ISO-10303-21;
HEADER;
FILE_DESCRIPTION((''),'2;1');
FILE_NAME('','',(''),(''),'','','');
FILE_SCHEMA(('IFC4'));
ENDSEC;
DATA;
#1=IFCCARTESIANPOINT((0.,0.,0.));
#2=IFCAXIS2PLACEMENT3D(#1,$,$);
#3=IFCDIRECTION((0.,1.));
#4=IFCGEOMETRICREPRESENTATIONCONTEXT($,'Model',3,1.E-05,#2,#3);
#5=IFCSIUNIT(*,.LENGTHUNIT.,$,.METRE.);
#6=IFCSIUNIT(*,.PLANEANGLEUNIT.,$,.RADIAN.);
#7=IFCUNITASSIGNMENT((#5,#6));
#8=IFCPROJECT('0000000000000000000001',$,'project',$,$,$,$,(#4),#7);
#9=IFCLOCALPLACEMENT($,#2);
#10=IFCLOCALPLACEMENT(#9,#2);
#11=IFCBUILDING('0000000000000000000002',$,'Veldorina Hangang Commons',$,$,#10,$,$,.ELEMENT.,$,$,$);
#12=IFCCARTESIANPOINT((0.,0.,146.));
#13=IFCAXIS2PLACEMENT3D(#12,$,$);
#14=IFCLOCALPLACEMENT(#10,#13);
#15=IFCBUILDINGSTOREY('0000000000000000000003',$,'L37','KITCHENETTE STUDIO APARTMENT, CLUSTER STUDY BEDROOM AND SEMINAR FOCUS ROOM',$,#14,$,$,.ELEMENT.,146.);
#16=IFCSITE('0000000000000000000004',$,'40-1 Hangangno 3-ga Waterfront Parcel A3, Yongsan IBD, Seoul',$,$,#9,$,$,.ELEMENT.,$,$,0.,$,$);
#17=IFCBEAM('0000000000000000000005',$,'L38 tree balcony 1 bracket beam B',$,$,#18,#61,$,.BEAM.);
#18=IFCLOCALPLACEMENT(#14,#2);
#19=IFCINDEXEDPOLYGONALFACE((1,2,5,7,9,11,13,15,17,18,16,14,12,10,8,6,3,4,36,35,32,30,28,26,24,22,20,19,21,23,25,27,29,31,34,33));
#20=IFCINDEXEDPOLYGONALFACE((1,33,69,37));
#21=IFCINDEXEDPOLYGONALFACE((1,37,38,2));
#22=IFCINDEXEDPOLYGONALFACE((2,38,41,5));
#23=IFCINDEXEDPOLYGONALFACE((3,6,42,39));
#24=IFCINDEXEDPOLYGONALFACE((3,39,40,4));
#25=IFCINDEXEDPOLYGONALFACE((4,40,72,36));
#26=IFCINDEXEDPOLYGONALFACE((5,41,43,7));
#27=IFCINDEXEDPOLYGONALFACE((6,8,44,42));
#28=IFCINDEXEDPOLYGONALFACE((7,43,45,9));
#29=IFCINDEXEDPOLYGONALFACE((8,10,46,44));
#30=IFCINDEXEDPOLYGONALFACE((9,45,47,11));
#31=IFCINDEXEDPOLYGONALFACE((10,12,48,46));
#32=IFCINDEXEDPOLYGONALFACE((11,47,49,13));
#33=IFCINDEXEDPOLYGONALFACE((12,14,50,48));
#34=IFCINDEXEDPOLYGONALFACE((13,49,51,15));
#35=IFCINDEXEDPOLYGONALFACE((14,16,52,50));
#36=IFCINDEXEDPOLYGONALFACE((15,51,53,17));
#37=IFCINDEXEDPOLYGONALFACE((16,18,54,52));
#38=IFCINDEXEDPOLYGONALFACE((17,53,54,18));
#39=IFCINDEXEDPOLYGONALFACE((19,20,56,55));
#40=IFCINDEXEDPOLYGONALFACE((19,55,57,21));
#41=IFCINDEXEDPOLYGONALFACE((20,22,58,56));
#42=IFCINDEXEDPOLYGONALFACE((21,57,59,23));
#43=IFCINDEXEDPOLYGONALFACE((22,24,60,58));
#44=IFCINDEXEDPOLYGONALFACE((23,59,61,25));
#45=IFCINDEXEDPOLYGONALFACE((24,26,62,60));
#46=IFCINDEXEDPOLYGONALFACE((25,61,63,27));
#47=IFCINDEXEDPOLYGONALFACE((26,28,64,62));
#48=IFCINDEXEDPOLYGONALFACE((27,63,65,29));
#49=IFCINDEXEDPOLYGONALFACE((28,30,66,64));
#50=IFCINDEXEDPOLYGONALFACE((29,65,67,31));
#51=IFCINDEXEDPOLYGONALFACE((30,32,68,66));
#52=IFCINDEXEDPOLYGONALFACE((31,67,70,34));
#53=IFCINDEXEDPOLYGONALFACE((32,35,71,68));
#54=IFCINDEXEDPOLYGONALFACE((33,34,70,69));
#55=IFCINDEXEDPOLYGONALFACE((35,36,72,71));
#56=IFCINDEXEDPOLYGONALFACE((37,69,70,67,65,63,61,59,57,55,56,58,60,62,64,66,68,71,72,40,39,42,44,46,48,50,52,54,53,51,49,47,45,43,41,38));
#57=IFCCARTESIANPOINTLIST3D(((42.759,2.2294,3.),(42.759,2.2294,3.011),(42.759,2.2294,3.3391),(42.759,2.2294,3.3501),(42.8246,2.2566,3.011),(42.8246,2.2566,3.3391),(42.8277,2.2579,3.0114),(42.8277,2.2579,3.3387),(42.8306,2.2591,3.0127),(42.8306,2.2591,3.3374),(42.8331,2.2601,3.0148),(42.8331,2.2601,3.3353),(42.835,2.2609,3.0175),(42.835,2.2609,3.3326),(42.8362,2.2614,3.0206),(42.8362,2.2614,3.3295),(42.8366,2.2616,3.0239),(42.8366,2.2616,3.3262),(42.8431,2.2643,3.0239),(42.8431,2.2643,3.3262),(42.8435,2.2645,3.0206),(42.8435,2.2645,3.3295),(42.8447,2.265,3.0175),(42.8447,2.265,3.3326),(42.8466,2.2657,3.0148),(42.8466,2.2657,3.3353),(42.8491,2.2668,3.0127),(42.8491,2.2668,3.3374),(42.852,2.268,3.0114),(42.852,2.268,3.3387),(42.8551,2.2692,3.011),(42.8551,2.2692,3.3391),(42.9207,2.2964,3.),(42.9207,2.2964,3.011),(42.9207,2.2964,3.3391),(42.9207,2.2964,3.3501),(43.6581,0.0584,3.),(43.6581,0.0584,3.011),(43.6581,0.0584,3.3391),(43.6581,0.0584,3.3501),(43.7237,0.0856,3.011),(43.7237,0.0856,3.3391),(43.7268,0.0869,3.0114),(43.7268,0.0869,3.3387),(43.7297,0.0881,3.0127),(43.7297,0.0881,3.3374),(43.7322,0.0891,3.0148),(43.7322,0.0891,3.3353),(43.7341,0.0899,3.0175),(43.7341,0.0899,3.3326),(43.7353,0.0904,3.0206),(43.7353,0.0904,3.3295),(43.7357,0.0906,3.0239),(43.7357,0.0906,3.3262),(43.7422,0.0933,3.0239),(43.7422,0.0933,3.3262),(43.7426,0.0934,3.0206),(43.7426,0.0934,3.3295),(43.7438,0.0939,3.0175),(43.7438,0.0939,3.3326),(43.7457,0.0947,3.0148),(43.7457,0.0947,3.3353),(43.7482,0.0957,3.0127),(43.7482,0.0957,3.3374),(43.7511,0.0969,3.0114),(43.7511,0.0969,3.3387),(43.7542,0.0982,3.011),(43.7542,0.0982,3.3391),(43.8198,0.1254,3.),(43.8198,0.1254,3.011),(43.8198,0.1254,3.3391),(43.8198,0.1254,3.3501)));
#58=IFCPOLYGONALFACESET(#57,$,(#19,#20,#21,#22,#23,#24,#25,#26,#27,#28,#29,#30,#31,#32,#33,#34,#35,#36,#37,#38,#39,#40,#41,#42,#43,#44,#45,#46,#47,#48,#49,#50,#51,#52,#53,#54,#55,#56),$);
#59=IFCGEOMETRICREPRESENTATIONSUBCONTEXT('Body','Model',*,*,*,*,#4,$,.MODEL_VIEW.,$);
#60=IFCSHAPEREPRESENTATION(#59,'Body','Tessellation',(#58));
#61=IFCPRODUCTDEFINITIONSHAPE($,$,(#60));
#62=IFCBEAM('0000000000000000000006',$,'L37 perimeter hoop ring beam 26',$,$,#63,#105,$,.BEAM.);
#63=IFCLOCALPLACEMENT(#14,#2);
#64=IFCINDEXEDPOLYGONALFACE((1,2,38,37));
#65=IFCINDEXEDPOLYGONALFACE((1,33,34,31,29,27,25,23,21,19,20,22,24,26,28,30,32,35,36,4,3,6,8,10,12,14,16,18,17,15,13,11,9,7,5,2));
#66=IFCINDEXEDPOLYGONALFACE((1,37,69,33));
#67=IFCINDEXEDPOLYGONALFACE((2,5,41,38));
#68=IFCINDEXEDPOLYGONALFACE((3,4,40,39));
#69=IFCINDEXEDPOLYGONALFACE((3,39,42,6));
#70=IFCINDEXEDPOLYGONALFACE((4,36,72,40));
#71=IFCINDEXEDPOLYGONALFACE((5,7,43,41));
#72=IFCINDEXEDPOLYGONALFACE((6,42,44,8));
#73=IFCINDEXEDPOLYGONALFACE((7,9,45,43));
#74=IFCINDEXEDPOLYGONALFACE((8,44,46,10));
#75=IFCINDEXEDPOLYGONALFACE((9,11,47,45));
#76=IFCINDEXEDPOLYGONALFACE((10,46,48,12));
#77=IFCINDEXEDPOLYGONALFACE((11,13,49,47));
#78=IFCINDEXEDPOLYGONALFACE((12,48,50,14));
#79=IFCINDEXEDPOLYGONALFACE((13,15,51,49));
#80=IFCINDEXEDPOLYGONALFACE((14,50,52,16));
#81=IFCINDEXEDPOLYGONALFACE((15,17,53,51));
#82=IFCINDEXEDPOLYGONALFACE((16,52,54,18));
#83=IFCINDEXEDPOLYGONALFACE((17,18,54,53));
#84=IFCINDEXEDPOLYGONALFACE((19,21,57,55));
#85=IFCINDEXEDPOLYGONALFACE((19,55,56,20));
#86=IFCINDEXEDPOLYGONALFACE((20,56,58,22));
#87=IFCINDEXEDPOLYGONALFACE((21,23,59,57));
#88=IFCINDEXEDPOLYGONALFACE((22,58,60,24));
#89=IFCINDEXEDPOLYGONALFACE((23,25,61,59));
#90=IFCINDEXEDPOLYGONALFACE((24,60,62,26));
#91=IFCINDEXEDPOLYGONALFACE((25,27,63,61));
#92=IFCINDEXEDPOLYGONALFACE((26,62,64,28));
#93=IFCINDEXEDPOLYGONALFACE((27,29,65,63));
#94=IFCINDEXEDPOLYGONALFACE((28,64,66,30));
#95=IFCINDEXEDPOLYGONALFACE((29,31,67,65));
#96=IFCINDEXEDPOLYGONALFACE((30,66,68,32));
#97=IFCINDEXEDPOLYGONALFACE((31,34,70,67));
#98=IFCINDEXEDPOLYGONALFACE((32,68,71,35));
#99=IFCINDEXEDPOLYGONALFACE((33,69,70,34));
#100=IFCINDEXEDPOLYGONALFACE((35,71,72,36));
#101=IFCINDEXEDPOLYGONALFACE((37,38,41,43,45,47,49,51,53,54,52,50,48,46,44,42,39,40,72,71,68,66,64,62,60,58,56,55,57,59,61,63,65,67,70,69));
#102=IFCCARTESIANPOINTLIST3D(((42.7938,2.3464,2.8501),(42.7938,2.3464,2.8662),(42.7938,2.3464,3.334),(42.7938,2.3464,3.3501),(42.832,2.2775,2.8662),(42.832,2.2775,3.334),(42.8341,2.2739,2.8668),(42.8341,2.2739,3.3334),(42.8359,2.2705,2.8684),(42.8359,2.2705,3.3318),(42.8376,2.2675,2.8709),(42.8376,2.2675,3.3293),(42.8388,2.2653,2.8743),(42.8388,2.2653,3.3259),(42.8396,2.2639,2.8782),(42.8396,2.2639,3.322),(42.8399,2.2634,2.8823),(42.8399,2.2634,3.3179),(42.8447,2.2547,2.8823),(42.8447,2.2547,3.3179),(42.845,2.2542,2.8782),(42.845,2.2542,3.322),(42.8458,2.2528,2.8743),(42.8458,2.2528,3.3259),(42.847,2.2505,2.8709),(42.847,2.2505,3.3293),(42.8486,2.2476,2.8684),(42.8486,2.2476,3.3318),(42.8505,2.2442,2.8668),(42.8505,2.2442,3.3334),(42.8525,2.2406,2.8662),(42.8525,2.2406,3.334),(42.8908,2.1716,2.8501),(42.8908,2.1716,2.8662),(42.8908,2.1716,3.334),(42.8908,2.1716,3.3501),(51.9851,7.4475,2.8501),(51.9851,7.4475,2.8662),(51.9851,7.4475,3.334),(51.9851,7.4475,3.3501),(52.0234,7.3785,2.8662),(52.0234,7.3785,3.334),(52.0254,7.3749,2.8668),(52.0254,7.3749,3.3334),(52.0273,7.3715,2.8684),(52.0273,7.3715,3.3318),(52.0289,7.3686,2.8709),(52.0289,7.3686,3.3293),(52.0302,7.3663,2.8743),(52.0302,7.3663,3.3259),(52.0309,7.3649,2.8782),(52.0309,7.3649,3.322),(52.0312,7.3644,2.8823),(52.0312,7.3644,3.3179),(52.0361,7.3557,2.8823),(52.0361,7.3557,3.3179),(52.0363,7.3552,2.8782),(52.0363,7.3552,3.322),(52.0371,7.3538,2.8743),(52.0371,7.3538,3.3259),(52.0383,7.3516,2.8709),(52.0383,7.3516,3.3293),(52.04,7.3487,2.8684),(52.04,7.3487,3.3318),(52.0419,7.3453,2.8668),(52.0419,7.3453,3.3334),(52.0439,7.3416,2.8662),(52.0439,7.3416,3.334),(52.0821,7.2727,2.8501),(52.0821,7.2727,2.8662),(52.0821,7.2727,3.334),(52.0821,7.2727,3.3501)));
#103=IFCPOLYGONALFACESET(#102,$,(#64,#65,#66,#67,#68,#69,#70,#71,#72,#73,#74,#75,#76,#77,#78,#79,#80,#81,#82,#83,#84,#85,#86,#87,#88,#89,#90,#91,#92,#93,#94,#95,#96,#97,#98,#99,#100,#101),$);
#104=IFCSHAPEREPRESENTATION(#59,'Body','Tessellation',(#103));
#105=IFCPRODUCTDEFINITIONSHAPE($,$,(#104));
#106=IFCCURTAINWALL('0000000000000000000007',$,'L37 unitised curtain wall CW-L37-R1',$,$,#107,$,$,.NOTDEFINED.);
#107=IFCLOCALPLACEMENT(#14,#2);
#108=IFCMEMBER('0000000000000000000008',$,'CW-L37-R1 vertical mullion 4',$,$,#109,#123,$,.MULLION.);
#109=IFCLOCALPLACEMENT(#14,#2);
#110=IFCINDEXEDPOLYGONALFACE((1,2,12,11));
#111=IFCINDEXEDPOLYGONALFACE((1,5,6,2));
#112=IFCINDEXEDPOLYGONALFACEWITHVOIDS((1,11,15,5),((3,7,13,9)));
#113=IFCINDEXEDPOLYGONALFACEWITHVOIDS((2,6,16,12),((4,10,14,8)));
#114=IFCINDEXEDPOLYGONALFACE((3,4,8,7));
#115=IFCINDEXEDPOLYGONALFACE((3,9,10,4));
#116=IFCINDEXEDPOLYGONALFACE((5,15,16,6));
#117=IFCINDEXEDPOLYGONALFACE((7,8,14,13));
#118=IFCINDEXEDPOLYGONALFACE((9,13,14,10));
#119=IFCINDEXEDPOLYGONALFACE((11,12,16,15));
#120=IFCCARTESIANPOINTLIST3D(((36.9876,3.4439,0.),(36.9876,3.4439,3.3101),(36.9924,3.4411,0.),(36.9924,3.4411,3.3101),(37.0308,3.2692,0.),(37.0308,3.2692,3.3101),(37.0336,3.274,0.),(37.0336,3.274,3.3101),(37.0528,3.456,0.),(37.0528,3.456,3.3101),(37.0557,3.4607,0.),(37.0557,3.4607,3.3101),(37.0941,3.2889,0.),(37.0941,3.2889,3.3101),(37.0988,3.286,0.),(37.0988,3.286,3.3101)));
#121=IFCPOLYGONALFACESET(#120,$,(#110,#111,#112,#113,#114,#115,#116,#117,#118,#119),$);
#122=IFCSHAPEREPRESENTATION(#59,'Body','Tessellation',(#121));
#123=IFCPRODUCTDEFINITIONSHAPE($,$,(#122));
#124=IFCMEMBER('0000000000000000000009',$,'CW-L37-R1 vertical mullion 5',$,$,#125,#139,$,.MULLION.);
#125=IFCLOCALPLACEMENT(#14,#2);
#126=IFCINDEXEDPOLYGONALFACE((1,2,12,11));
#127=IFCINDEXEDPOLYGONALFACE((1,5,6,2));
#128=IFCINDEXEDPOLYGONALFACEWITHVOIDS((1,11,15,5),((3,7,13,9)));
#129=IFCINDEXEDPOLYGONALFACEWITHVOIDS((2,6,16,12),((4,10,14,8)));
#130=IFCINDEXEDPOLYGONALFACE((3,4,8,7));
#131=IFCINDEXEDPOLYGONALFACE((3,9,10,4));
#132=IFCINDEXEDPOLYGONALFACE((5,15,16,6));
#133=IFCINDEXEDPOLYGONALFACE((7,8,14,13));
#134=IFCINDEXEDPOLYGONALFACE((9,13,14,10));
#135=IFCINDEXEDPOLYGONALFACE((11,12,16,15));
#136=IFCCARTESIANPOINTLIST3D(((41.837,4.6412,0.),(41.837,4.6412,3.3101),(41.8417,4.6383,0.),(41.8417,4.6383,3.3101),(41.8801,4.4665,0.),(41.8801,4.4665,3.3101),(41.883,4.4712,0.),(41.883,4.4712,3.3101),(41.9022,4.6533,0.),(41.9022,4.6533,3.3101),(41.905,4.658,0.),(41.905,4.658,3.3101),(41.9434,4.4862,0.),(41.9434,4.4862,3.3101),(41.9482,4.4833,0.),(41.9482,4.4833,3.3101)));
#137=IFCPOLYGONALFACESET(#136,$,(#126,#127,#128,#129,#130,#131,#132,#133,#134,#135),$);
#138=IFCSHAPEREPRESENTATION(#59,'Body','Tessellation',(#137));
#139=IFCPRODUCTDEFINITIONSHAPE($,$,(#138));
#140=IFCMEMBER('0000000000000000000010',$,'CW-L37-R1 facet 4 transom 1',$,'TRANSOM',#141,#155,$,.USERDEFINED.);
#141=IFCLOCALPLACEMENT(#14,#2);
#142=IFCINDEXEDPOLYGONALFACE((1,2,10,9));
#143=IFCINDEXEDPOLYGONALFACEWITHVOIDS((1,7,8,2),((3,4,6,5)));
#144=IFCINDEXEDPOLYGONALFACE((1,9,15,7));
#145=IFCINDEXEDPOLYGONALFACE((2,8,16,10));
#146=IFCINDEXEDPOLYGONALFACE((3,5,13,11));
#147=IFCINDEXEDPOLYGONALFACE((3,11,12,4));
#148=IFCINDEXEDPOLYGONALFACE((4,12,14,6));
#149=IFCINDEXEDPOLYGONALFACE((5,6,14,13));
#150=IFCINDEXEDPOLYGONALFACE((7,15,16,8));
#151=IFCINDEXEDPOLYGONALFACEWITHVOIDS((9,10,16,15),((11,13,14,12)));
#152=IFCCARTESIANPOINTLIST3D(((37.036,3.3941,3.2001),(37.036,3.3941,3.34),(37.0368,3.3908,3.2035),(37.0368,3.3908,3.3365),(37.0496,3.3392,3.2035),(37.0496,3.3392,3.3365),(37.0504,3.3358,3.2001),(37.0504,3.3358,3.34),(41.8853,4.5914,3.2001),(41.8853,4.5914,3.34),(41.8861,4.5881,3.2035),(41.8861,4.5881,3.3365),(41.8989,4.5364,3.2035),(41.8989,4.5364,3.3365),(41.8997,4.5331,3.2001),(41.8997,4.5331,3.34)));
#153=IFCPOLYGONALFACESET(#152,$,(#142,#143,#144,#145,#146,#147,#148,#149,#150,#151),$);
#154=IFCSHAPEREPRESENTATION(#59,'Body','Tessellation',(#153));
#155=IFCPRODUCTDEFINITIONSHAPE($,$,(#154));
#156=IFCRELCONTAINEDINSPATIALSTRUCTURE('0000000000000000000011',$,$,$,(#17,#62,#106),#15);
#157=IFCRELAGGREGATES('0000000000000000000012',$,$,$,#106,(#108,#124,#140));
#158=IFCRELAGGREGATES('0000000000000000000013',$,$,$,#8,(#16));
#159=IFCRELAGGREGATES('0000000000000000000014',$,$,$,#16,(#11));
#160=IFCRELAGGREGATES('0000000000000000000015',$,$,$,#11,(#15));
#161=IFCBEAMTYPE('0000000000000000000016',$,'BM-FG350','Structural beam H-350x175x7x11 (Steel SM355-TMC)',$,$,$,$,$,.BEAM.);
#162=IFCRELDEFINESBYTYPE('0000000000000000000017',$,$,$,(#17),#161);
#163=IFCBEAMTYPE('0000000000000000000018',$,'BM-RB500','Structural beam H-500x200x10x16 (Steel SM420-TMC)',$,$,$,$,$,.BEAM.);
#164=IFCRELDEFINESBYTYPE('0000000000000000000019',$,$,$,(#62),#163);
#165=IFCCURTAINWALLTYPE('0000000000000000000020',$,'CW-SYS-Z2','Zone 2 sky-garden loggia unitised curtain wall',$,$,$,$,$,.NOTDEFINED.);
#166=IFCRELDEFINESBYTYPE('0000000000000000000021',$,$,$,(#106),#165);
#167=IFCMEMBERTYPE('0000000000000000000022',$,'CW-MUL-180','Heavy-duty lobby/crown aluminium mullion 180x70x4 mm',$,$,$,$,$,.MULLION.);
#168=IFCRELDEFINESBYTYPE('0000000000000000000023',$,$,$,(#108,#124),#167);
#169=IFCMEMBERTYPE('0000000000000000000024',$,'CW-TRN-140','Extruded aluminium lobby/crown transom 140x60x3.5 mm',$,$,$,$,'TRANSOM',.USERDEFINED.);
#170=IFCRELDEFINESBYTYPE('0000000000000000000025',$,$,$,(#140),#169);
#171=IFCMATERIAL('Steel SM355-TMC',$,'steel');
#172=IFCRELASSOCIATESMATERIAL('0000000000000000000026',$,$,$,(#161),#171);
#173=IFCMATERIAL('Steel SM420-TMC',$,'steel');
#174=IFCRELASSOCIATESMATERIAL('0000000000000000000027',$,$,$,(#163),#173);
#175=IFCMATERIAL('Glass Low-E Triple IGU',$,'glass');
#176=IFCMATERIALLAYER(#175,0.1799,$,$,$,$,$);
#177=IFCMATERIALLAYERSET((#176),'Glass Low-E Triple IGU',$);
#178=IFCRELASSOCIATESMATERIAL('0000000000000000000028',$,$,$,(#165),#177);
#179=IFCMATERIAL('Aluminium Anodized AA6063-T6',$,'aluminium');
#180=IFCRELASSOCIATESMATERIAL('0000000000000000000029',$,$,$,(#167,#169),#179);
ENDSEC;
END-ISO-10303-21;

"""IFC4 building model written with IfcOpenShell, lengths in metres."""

from ifc_helpers import new_model, si_unit, direction, frame, origin, origin_2d, place, context, subcontext, project, spatial, hollow_rectangle, i_section, extrude, material, layer, layer_set, material_profile, profile_set, type_object, element, aggregate, save


model = new_model("IFC4")

# Units and contexts
model_context = context("Model", 3, precision=1e-05, world=origin(), true_north=direction((0.0, 1.0)))
body_context = subcontext(model_context, "Body", "Model", "MODEL_VIEW")
ifc_project = project(units=[si_unit("LENGTHUNIT", "METRE"), si_unit("PLANEANGLEUNIT", "RADIAN")], contexts=[model_context])

# Site, building, storey
site_placement = place(None, origin())
site = spatial("IfcSite", under=ifc_project, at=site_placement, Name="40-1 Hangangno 3-ga Waterfront Parcel A3, Yongsan IBD, Seoul", CompositionType="ELEMENT", RefElevation=0.0)
building_placement = place(site_placement, origin())
building = spatial("IfcBuilding", under=site, at=building_placement, Name="Veldorina Hangang Commons", CompositionType="ELEMENT")
storey_placement = place(building_placement, frame((0.0, 0.0, 146.0)))
storey = spatial("IfcBuildingStorey", under=building, at=storey_placement, Name="L37", Description="KITCHENETTE STUDIO APARTMENT, CLUSTER STUDY BEDROOM AND SEMINAR FOCUS ROOM", CompositionType="ELEMENT", Elevation=146.0)

# Beams
ifc_material_1 = material(Name="Steel SM355-TMC", Category="steel")
ifc_material_profile_1 = material_profile(ifc_material_1, i_section(OverallWidth=0.175, OverallDepth=0.3501, WebThickness=0.0071, FlangeThickness=0.011, FilletRadius=0.0129, at=origin_2d()), Name="H-350x175x7x11")
ifc_profile_set_1 = profile_set([ifc_material_profile_1], Name="Steel SM355-TMC")
beam_type_1 = type_object("IfcBeamType", Name="BM-FG350", Description="Structural beam H-350x175x7x11 (Steel SM355-TMC)", PredefinedType="BEAM", material=ifc_profile_set_1)
beam_1_placement = place(storey_placement, frame((42.8398, 2.2629, 3.175), z_axis=(0.38263, -0.923902, 0.0), x_axis=(0.923902, 0.38263, 0.0)))
element("IfcBeam", 1, at=beam_1_placement, inside=storey, type_object=beam_type_1, Name="L38 tree balcony 1 bracket beam B", PredefinedType="BEAM", context=body_context, shape_type="SweptSolid", body=[
    extrude(i_section(OverallWidth=0.175, OverallDepth=0.3501, WebThickness=0.0071, FlangeThickness=0.011, FilletRadius=0.0129, at=origin_2d()), origin(), (0.0, 0.0, 1.0), 2.3499),
])
ifc_material_2 = material(Name="Steel SM420-TMC", Category="steel")
ifc_material_profile_2 = material_profile(ifc_material_2, i_section(OverallWidth=0.2, OverallDepth=0.5, WebThickness=0.01, FlangeThickness=0.0161, FilletRadius=0.0161, at=origin_2d()), Name="H-500x200x10x16")
ifc_profile_set_2 = profile_set([ifc_material_profile_2], Name="Steel SM420-TMC")
beam_type_2 = type_object("IfcBeamType", Name="BM-RB500", Description="Structural beam H-500x200x10x16 (Steel SM420-TMC)", PredefinedType="BEAM", material=ifc_profile_set_2)
beam_2_placement = place(storey_placement, frame((42.8423, 2.259, 3.1001), z_axis=(0.87437, 0.48526, 0.0), x_axis=(-0.48526, 0.87437, 0.0)))
element("IfcBeam", 2, at=beam_2_placement, inside=storey, type_object=beam_type_2, Name="L37 perimeter hoop ring beam 26", PredefinedType="BEAM", context=body_context, shape_type="SweptSolid", body=[
    extrude(i_section(OverallWidth=0.2, OverallDepth=0.5, WebThickness=0.01, FlangeThickness=0.0161, FilletRadius=0.0161, at=origin_2d()), origin(), (0.0, 0.0, 1.0), 10.512),
])

# Curtain wall, members
ifc_material_3 = material(Name="Glass Low-E Triple IGU", Category="glass")
ifc_layer_1 = layer(ifc_material_3, 0.1799)
ifc_layer_set_1 = layer_set([ifc_layer_1], Name="Glass Low-E Triple IGU")
curtain_wall_type = type_object("IfcCurtainWallType", Name="CW-SYS-Z2", Description="Zone 2 sky-garden loggia unitised curtain wall", PredefinedType="NOTDEFINED", material=ifc_layer_set_1)
curtain_wall_placement = place(storey_placement, origin())
curtain_wall = element("IfcCurtainWall", 3, at=curtain_wall_placement, inside=storey, type_object=curtain_wall_type, Name="L37 unitised curtain wall CW-L37-R1", PredefinedType="NOTDEFINED")
ifc_material_4 = material(Name="Aluminium Anodized AA6063-T6", Category="aluminium")
ifc_material_profile_3 = material_profile(ifc_material_4, hollow_rectangle(XDim=0.0701, YDim=0.1799, WallThickness=0.0039, at=origin_2d()), Name="ALU-RHS-180x70x4")
ifc_profile_set_3 = profile_set([ifc_material_profile_3], Name="Aluminium Anodized AA6063-T6")
member_type_1 = type_object("IfcMemberType", Name="CW-MUL-180", Description="Heavy-duty lobby/crown aluminium mullion 180x70x4 mm", PredefinedType="MULLION", material=ifc_profile_set_3)
member_1_placement = place(storey_placement, frame((37.0432, 3.365, 0.0), z_axis=(0.0, 0.0, 1.0), x_axis=(0.97085, 0.239686, 0.0)))
member_1 = element("IfcMember", 4, at=member_1_placement, type_object=member_type_1, Name="CW-L37-R1 vertical mullion 4", PredefinedType="MULLION", context=body_context, shape_type="SweptSolid", body=[
    extrude(hollow_rectangle(XDim=0.0701, YDim=0.1799, WallThickness=0.0039, at=origin_2d()), origin(), (0.0, 0.0, 1.0), 3.3101),
])
member_2_placement = place(storey_placement, frame((41.8926, 4.5623, 0.0), z_axis=(0.0, 0.0, 1.0), x_axis=(-0.97085, -0.239686, 0.0)))
member_2 = element("IfcMember", 5, at=member_2_placement, type_object=member_type_1, Name="CW-L37-R1 vertical mullion 5", PredefinedType="MULLION", context=body_context, shape_type="SweptSolid", body=[
    extrude(hollow_rectangle(XDim=0.0701, YDim=0.1799, WallThickness=0.0039, at=origin_2d()), origin(), (0.0, 0.0, 1.0), 3.3101),
])
ifc_material_profile_4 = material_profile(ifc_material_4, hollow_rectangle(XDim=0.0601, YDim=0.1399, WallThickness=0.0034, at=origin_2d()), Name="ALU-RHS-140x60x3.5")
ifc_profile_set_4 = profile_set([ifc_material_profile_4], Name="Aluminium Anodized AA6063-T6")
member_type_2 = type_object("IfcMemberType", Name="CW-TRN-140", Description="Extruded aluminium lobby/crown transom 140x60x3.5 mm", ElementType="TRANSOM", PredefinedType="USERDEFINED", material=ifc_profile_set_4)
member_3_placement = place(storey_placement, frame((37.0432, 3.365, 3.27), z_axis=(0.970848, 0.239694, 0.0), x_axis=(-0.239694, 0.970848, 0.0)))
member_3 = element("IfcMember", 6, at=member_3_placement, type_object=member_type_2, Name="CW-L37-R1 facet 4 transom 1", ObjectType="TRANSOM", PredefinedType="USERDEFINED", context=body_context, shape_type="SweptSolid", body=[
    extrude(hollow_rectangle(XDim=0.0601, YDim=0.1399, WallThickness=0.0034, at=origin_2d()), origin(), (0.0, 0.0, 1.0), 4.9949),
])

aggregate(curtain_wall, [member_1, member_2, member_3])

save(model, "model.ifc")
